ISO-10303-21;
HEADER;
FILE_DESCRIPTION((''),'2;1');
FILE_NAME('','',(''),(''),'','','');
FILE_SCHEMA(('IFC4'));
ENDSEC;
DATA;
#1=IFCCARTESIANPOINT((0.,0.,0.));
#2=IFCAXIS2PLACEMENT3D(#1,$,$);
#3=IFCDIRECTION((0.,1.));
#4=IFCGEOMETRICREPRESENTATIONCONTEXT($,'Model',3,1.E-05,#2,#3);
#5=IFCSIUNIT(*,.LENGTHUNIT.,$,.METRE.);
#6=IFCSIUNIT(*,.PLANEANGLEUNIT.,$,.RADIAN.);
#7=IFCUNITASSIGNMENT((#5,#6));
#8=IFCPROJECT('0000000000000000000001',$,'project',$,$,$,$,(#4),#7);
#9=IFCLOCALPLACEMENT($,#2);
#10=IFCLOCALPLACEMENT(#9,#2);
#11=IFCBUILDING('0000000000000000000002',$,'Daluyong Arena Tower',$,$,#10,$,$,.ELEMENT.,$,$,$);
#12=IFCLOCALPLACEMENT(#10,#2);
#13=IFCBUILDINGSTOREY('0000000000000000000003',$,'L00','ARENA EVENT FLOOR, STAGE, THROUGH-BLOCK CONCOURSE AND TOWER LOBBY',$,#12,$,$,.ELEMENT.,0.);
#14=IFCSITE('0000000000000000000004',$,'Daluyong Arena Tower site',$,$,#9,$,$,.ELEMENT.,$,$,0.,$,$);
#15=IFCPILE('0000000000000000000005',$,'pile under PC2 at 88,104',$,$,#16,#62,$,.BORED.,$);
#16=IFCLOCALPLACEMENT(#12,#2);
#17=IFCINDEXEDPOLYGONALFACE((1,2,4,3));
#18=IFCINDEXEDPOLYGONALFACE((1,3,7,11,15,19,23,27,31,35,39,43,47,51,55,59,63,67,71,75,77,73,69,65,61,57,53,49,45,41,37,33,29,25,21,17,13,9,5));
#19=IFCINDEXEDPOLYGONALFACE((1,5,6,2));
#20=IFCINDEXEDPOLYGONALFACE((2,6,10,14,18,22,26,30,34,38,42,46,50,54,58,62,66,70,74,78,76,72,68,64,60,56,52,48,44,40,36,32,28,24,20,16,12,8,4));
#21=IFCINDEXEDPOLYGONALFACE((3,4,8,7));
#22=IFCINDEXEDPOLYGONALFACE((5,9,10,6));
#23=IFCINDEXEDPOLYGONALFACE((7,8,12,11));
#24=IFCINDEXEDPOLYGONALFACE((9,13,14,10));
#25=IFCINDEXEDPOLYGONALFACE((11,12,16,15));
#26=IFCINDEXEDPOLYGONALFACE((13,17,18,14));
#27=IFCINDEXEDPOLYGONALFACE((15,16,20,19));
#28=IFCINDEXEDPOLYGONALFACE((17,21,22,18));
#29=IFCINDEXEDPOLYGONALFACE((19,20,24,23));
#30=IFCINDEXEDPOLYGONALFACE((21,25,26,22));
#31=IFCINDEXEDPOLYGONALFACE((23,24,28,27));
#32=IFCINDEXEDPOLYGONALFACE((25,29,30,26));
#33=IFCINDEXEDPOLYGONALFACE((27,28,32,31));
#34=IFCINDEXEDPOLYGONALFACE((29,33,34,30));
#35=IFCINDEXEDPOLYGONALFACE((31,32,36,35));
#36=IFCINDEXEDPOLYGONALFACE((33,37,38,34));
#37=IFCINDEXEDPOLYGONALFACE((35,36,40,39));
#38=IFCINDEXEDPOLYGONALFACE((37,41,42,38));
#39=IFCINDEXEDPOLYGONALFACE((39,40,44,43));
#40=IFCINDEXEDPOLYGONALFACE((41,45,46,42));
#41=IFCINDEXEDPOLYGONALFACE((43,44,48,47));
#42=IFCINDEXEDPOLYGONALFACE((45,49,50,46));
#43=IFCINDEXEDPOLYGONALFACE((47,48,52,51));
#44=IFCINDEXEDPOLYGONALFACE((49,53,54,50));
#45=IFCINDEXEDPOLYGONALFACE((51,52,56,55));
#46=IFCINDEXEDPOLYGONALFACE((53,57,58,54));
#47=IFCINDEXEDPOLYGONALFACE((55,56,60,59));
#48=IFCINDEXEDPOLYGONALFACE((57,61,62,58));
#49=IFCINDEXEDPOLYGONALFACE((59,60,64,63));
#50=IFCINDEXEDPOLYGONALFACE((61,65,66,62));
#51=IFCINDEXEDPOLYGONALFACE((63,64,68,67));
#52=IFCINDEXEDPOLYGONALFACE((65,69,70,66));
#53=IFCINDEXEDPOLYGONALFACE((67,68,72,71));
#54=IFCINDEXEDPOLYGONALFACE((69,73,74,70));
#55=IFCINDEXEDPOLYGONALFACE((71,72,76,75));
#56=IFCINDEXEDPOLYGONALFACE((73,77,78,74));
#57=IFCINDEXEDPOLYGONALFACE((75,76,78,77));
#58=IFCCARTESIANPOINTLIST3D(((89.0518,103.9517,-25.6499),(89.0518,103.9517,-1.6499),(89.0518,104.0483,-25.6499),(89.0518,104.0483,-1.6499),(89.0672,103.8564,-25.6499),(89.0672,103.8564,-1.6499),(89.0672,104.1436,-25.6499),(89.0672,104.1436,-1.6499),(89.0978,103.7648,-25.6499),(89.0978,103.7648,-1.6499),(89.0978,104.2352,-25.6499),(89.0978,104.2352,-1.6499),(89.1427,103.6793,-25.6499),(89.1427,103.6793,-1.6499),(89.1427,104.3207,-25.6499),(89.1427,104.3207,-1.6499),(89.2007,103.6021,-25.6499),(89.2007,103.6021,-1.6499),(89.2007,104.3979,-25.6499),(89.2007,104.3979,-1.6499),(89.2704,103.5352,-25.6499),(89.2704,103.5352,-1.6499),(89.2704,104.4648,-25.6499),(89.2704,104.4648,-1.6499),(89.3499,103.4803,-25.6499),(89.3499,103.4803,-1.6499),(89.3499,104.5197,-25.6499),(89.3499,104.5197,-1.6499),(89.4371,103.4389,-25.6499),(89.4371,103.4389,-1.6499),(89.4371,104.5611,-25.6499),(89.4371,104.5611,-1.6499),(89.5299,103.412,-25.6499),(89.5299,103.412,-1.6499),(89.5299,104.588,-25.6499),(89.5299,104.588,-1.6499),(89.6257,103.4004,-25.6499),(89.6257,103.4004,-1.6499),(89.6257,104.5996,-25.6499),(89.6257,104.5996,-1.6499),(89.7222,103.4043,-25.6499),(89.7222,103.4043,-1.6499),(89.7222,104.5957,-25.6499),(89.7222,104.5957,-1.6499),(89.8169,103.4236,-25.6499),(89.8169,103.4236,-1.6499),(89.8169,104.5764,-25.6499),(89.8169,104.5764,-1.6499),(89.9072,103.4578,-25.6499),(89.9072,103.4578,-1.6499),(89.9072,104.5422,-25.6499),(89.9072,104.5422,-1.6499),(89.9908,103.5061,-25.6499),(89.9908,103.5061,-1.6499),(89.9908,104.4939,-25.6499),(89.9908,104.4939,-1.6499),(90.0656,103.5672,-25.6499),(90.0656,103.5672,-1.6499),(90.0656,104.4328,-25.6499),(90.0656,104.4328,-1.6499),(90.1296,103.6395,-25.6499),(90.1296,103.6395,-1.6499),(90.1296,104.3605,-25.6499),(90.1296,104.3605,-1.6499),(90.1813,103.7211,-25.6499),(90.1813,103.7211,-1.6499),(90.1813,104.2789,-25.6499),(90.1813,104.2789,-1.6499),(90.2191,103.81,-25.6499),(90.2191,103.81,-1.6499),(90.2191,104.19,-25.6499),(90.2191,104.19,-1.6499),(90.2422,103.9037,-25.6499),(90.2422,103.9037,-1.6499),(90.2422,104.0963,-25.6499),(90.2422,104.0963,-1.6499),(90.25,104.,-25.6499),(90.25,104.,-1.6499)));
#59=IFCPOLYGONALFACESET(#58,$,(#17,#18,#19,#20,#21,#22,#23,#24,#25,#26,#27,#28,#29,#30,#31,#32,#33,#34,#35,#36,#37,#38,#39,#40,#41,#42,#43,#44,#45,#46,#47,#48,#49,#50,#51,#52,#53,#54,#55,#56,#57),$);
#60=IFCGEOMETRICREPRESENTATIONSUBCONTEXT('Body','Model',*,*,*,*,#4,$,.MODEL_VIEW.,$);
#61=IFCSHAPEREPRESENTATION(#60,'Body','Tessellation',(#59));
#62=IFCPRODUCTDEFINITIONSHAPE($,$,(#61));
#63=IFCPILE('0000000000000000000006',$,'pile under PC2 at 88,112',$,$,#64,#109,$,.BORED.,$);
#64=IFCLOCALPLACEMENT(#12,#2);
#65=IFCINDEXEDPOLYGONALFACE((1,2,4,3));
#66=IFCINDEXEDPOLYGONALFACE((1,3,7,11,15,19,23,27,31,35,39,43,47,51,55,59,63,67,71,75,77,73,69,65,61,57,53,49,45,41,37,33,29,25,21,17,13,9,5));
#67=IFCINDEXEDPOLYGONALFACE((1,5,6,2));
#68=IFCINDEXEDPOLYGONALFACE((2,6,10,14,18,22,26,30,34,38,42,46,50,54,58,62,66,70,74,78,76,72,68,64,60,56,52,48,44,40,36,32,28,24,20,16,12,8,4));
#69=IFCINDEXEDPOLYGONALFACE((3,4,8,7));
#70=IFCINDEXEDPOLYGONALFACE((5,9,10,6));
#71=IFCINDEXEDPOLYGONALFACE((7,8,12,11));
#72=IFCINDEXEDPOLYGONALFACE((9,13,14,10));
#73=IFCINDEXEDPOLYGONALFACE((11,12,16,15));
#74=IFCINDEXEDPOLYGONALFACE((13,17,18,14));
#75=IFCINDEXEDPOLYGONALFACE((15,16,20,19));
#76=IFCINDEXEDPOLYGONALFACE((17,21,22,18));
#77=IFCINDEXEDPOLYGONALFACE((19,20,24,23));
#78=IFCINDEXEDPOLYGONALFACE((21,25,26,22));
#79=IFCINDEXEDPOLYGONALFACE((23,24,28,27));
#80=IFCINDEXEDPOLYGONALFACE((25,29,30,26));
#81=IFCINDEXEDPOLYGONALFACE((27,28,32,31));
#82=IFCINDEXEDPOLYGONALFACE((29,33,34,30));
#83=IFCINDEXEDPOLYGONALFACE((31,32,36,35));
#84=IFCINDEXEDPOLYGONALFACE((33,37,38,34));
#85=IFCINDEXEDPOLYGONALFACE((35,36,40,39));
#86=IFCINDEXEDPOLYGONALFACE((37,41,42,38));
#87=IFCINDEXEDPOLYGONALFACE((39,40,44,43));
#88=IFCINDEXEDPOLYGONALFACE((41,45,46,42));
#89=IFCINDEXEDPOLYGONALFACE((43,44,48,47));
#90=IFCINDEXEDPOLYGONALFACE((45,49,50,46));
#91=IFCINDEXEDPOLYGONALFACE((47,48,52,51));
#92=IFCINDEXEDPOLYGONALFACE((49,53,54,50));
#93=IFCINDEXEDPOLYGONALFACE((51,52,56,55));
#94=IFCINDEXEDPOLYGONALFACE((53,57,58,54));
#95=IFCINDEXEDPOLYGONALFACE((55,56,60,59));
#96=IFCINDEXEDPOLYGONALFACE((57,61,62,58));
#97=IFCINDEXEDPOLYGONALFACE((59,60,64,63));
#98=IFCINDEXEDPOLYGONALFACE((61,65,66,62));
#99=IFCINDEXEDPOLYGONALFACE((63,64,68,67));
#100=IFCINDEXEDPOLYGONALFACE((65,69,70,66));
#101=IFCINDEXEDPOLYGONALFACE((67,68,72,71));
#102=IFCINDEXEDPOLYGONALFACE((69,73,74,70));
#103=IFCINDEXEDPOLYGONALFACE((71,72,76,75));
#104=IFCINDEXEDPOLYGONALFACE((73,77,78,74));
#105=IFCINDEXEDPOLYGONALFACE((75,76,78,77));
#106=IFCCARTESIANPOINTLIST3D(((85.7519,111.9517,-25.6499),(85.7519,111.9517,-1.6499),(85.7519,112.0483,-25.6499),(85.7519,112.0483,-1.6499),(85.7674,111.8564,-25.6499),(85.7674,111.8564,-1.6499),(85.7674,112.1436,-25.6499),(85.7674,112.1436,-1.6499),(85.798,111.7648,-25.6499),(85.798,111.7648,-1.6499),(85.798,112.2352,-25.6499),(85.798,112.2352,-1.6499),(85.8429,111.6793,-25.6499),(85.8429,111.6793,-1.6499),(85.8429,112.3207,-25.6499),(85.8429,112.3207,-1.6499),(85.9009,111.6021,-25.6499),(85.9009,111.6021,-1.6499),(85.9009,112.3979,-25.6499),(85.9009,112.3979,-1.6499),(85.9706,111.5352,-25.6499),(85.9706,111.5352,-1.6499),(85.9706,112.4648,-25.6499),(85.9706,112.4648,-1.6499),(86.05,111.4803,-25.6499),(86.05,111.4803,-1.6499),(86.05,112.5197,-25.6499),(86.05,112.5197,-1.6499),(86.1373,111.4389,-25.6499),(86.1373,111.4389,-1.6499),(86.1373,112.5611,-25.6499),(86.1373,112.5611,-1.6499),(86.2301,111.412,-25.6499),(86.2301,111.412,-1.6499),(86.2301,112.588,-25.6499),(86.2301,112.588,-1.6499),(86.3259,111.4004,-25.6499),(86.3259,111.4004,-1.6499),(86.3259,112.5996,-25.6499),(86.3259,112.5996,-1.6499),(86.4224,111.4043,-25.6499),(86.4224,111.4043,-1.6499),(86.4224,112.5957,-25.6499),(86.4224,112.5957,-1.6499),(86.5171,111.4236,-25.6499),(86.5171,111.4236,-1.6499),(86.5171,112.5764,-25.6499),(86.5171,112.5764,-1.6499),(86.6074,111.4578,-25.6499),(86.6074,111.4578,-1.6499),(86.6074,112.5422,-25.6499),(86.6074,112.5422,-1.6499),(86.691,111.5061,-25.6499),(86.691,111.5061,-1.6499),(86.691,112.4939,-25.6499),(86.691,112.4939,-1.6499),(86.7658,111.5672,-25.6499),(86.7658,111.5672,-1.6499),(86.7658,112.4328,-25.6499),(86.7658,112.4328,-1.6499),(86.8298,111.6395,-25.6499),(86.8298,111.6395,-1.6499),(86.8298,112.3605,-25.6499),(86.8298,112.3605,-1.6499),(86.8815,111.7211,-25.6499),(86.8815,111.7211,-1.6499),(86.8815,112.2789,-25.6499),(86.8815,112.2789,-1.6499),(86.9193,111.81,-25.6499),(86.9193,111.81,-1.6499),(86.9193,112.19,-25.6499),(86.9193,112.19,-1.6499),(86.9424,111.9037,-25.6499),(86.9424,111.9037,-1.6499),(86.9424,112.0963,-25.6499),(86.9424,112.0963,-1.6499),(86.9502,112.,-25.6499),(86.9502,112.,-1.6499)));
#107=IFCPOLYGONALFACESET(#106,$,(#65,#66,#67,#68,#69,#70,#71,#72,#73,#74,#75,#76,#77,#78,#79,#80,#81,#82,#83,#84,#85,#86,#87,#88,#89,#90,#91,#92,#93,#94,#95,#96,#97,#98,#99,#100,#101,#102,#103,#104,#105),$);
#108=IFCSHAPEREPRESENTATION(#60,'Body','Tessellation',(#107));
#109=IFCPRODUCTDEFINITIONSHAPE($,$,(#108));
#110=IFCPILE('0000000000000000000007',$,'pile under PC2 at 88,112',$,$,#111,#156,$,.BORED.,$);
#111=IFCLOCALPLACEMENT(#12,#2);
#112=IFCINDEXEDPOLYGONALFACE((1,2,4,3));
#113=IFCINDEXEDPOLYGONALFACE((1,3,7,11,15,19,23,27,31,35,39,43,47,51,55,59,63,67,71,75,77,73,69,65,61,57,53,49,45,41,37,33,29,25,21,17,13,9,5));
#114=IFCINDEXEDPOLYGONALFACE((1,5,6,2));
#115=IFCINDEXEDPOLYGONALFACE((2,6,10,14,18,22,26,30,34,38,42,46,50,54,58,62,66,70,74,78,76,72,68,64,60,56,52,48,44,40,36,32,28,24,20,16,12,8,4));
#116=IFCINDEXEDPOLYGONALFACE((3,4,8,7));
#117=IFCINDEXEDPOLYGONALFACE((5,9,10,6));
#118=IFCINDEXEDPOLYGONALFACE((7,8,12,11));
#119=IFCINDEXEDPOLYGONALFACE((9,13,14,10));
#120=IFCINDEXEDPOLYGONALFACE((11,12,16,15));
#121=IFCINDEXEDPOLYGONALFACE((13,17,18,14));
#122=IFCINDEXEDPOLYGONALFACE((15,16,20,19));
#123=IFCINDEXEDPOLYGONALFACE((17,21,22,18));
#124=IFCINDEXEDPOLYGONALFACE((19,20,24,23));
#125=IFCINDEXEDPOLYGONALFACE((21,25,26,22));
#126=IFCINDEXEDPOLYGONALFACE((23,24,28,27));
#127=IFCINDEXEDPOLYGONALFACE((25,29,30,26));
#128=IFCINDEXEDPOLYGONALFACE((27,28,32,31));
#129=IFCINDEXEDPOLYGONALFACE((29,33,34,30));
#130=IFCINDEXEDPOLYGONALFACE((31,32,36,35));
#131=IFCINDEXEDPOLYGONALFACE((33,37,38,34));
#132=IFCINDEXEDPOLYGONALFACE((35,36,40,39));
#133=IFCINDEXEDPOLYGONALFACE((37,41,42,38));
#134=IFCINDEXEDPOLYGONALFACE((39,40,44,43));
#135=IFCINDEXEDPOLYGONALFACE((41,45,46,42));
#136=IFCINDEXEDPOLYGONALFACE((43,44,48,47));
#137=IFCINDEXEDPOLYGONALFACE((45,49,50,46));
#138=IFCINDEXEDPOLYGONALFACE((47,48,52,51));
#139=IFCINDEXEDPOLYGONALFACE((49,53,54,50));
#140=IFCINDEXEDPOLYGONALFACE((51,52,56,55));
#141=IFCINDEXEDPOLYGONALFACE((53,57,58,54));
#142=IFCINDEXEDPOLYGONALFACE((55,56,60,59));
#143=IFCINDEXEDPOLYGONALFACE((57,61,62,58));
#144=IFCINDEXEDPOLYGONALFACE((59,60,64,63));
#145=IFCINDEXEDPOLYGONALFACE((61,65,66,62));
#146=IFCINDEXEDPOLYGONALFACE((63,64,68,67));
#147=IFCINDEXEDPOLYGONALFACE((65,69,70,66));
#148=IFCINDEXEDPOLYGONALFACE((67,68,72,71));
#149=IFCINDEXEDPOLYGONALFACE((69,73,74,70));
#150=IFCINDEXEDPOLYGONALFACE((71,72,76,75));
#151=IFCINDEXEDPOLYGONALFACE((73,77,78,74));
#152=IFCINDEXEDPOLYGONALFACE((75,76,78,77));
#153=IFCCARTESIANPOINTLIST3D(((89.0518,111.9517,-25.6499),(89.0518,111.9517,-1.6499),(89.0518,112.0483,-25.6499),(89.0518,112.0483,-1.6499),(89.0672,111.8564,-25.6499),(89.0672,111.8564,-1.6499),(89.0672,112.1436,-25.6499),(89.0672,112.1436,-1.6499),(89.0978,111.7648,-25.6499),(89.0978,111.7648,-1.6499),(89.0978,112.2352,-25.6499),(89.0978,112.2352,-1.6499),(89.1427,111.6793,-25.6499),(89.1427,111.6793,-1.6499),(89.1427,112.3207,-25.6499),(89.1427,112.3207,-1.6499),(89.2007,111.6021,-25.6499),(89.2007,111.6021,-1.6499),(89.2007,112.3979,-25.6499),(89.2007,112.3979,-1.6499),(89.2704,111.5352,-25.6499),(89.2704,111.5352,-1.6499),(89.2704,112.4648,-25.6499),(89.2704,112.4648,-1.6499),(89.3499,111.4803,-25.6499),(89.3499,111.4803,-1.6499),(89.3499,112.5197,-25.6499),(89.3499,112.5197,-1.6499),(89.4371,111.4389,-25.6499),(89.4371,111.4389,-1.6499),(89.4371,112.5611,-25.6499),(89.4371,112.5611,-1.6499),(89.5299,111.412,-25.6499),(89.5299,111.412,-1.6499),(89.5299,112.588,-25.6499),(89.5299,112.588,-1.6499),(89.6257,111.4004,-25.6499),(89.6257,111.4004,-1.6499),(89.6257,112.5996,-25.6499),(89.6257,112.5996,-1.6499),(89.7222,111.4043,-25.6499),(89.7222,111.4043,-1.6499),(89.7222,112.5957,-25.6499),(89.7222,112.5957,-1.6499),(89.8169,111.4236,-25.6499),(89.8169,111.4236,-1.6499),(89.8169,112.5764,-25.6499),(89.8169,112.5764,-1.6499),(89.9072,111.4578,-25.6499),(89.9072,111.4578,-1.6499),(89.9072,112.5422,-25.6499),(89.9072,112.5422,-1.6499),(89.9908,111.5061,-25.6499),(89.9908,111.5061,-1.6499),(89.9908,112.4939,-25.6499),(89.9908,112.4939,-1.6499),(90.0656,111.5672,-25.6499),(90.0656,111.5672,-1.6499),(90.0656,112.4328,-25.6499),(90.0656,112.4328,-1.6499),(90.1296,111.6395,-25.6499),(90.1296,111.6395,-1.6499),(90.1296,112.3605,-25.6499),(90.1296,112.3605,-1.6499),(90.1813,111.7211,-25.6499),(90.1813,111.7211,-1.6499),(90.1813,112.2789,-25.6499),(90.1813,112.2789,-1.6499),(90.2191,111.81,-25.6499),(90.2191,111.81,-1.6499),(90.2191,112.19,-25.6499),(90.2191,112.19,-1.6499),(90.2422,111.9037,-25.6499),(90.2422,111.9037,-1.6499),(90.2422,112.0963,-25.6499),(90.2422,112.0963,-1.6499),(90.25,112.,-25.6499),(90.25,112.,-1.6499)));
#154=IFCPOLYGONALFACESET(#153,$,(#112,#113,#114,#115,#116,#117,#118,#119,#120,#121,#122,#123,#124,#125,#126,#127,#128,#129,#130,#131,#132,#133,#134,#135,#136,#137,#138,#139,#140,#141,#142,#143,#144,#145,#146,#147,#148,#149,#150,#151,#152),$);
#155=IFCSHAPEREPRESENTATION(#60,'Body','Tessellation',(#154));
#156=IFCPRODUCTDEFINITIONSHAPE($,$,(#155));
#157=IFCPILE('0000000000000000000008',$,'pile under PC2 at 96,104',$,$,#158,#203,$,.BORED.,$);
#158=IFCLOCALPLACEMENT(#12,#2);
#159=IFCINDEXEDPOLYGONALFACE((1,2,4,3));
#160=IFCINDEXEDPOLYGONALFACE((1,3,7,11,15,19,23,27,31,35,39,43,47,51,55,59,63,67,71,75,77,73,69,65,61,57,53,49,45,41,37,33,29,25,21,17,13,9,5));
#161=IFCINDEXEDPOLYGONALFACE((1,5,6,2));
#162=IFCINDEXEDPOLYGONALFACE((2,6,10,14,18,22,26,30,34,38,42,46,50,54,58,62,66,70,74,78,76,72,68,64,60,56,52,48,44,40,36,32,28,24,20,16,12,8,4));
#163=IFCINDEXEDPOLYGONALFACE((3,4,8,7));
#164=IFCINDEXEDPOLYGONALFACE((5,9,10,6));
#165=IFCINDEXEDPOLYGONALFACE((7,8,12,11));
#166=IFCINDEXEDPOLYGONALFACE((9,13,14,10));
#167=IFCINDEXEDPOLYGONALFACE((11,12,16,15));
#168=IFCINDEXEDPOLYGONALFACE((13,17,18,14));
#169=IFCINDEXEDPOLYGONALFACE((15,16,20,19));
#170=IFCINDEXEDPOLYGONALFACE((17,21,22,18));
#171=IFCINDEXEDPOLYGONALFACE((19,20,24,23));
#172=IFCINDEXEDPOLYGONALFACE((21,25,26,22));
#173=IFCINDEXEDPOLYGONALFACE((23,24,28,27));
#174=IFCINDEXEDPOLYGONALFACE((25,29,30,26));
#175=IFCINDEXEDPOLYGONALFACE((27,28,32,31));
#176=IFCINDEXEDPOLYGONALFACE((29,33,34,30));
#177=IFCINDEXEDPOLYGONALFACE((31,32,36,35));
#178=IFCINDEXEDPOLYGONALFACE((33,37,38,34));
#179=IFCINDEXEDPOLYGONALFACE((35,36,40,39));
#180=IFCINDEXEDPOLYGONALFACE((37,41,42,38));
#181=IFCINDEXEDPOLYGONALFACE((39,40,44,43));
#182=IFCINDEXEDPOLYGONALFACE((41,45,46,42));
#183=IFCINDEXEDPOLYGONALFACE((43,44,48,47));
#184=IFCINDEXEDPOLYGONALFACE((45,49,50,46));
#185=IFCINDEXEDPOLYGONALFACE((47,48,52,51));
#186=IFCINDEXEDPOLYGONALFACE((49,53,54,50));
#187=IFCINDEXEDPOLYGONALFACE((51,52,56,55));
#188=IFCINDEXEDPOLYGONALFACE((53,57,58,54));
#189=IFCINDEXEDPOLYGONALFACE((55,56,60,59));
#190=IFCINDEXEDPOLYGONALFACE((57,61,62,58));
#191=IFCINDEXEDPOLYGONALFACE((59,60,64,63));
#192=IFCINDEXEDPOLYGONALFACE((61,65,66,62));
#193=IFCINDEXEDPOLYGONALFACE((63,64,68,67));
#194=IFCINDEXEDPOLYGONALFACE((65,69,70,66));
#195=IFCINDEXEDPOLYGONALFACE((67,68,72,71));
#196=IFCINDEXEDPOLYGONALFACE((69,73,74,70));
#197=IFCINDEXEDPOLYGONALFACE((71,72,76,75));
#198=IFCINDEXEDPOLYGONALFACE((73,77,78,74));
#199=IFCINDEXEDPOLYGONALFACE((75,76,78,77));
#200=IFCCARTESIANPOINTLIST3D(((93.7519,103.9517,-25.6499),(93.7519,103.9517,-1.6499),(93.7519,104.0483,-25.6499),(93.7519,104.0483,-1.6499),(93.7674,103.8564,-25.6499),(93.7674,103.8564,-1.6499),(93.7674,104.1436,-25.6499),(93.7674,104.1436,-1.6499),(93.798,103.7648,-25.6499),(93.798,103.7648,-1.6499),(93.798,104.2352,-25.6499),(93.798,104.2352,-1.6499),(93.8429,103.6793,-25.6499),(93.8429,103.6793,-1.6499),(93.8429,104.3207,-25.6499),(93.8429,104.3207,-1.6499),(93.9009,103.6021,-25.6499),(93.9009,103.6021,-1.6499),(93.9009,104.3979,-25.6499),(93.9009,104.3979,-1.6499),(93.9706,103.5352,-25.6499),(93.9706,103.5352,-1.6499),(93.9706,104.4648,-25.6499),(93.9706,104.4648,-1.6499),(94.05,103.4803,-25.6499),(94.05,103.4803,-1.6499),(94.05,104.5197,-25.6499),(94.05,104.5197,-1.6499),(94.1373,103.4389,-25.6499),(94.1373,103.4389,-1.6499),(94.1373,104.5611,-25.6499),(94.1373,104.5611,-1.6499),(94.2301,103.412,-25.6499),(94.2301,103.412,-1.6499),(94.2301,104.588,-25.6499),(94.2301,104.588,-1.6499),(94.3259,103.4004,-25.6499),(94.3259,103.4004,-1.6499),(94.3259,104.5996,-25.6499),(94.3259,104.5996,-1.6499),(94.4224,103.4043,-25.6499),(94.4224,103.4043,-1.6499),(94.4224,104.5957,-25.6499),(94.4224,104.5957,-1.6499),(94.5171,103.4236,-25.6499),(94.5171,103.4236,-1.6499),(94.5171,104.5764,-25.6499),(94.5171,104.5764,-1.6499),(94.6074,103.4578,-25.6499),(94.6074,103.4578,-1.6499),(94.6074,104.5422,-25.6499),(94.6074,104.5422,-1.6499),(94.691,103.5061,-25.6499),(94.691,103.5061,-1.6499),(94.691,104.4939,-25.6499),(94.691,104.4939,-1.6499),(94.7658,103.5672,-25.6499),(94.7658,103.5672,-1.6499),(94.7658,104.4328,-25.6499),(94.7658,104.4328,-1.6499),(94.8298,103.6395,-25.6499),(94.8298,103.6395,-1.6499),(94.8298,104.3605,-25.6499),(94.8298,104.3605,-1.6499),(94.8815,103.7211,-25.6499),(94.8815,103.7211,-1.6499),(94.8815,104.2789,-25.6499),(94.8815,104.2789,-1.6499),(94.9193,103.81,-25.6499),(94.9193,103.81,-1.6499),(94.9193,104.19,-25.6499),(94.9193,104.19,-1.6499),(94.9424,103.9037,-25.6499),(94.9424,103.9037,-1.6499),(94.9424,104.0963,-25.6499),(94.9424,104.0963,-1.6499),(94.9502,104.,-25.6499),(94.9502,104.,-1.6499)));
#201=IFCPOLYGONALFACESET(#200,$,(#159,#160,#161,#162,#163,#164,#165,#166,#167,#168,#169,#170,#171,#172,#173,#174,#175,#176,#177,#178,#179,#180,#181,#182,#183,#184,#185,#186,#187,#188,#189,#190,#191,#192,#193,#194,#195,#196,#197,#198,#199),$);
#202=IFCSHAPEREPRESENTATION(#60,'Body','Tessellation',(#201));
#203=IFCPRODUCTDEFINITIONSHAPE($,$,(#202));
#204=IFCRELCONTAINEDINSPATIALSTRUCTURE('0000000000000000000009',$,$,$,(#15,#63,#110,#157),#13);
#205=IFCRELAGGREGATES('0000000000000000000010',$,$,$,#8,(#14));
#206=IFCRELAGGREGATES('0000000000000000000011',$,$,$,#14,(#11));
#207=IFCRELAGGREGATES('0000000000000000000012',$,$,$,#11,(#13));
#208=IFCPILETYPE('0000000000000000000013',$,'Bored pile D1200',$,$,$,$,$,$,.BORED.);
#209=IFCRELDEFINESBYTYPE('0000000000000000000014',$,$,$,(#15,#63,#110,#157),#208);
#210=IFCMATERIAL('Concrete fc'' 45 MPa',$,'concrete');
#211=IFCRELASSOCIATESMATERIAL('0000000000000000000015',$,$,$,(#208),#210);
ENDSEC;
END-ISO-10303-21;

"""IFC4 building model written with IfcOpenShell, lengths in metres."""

from ifc_helpers import new_model, si_unit, direction, frame, origin, origin_2d, place, context, subcontext, project, spatial, circle, extrude, material, type_object, element, save


model = new_model("IFC4")

# Units and contexts
model_context = context("Model", 3, precision=1e-05, world=origin(), true_north=direction((0.0, 1.0)))
body_context = subcontext(model_context, "Body", "Model", "MODEL_VIEW")
ifc_project = project(units=[si_unit("LENGTHUNIT", "METRE"), si_unit("PLANEANGLEUNIT", "RADIAN")], contexts=[model_context])

# Site, building, storey
site_placement = place(None, origin())
site = spatial("IfcSite", under=ifc_project, at=site_placement, Name="Daluyong Arena Tower site", CompositionType="ELEMENT", RefElevation=0.0)
building_placement = place(site_placement, origin())
building = spatial("IfcBuilding", under=site, at=building_placement, Name="Daluyong Arena Tower", CompositionType="ELEMENT")
storey_placement = place(building_placement, origin())
storey = spatial("IfcBuildingStorey", under=building, at=storey_placement, Name="L00", Description="ARENA EVENT FLOOR, STAGE, THROUGH-BLOCK CONCOURSE AND TOWER LOBBY", CompositionType="ELEMENT", Elevation=0.0)

# Piles
ifc_material_1 = material(Name="Concrete fc' 45 MPa", Category="concrete")
pile_type_1 = type_object("IfcPileType", Name="Bored pile D1200", PredefinedType="BORED", material=ifc_material_1)
for number, where, z_axis, x_axis, name in (
    (1, (89.6499, 104.0, -1.6499), (0.0, 0.0, -1.0), (1.0, 0.0, 0.0), "pile under PC2 at 88,104"),
    (2, (86.3501, 112.0, -1.6499), (0.0, 0.0, -1.0), (1.0, 0.0, 0.0), "pile under PC2 at 88,112"),
    (3, (89.6499, 112.0, -1.6499), (0.0, 0.0, -1.0), (1.0, 0.0, 0.0), "pile under PC2 at 88,112"),
    (4, (94.3501, 104.0, -1.6499), (0.0, 0.0, -1.0), (1.0, 0.0, 0.0), "pile under PC2 at 96,104"),
):
    element("IfcPile", number, at=place(storey_placement, frame(where, z_axis=z_axis, x_axis=x_axis)), inside=storey, type_object=pile_type_1, Name=name, PredefinedType="BORED", context=body_context, shape_type="SweptSolid", body=[
        extrude(circle(Radius=0.6001, at=origin_2d()), origin(), (0.0, 0.0, 1.0), 24.0),
    ])

save(model, "model.ifc")
